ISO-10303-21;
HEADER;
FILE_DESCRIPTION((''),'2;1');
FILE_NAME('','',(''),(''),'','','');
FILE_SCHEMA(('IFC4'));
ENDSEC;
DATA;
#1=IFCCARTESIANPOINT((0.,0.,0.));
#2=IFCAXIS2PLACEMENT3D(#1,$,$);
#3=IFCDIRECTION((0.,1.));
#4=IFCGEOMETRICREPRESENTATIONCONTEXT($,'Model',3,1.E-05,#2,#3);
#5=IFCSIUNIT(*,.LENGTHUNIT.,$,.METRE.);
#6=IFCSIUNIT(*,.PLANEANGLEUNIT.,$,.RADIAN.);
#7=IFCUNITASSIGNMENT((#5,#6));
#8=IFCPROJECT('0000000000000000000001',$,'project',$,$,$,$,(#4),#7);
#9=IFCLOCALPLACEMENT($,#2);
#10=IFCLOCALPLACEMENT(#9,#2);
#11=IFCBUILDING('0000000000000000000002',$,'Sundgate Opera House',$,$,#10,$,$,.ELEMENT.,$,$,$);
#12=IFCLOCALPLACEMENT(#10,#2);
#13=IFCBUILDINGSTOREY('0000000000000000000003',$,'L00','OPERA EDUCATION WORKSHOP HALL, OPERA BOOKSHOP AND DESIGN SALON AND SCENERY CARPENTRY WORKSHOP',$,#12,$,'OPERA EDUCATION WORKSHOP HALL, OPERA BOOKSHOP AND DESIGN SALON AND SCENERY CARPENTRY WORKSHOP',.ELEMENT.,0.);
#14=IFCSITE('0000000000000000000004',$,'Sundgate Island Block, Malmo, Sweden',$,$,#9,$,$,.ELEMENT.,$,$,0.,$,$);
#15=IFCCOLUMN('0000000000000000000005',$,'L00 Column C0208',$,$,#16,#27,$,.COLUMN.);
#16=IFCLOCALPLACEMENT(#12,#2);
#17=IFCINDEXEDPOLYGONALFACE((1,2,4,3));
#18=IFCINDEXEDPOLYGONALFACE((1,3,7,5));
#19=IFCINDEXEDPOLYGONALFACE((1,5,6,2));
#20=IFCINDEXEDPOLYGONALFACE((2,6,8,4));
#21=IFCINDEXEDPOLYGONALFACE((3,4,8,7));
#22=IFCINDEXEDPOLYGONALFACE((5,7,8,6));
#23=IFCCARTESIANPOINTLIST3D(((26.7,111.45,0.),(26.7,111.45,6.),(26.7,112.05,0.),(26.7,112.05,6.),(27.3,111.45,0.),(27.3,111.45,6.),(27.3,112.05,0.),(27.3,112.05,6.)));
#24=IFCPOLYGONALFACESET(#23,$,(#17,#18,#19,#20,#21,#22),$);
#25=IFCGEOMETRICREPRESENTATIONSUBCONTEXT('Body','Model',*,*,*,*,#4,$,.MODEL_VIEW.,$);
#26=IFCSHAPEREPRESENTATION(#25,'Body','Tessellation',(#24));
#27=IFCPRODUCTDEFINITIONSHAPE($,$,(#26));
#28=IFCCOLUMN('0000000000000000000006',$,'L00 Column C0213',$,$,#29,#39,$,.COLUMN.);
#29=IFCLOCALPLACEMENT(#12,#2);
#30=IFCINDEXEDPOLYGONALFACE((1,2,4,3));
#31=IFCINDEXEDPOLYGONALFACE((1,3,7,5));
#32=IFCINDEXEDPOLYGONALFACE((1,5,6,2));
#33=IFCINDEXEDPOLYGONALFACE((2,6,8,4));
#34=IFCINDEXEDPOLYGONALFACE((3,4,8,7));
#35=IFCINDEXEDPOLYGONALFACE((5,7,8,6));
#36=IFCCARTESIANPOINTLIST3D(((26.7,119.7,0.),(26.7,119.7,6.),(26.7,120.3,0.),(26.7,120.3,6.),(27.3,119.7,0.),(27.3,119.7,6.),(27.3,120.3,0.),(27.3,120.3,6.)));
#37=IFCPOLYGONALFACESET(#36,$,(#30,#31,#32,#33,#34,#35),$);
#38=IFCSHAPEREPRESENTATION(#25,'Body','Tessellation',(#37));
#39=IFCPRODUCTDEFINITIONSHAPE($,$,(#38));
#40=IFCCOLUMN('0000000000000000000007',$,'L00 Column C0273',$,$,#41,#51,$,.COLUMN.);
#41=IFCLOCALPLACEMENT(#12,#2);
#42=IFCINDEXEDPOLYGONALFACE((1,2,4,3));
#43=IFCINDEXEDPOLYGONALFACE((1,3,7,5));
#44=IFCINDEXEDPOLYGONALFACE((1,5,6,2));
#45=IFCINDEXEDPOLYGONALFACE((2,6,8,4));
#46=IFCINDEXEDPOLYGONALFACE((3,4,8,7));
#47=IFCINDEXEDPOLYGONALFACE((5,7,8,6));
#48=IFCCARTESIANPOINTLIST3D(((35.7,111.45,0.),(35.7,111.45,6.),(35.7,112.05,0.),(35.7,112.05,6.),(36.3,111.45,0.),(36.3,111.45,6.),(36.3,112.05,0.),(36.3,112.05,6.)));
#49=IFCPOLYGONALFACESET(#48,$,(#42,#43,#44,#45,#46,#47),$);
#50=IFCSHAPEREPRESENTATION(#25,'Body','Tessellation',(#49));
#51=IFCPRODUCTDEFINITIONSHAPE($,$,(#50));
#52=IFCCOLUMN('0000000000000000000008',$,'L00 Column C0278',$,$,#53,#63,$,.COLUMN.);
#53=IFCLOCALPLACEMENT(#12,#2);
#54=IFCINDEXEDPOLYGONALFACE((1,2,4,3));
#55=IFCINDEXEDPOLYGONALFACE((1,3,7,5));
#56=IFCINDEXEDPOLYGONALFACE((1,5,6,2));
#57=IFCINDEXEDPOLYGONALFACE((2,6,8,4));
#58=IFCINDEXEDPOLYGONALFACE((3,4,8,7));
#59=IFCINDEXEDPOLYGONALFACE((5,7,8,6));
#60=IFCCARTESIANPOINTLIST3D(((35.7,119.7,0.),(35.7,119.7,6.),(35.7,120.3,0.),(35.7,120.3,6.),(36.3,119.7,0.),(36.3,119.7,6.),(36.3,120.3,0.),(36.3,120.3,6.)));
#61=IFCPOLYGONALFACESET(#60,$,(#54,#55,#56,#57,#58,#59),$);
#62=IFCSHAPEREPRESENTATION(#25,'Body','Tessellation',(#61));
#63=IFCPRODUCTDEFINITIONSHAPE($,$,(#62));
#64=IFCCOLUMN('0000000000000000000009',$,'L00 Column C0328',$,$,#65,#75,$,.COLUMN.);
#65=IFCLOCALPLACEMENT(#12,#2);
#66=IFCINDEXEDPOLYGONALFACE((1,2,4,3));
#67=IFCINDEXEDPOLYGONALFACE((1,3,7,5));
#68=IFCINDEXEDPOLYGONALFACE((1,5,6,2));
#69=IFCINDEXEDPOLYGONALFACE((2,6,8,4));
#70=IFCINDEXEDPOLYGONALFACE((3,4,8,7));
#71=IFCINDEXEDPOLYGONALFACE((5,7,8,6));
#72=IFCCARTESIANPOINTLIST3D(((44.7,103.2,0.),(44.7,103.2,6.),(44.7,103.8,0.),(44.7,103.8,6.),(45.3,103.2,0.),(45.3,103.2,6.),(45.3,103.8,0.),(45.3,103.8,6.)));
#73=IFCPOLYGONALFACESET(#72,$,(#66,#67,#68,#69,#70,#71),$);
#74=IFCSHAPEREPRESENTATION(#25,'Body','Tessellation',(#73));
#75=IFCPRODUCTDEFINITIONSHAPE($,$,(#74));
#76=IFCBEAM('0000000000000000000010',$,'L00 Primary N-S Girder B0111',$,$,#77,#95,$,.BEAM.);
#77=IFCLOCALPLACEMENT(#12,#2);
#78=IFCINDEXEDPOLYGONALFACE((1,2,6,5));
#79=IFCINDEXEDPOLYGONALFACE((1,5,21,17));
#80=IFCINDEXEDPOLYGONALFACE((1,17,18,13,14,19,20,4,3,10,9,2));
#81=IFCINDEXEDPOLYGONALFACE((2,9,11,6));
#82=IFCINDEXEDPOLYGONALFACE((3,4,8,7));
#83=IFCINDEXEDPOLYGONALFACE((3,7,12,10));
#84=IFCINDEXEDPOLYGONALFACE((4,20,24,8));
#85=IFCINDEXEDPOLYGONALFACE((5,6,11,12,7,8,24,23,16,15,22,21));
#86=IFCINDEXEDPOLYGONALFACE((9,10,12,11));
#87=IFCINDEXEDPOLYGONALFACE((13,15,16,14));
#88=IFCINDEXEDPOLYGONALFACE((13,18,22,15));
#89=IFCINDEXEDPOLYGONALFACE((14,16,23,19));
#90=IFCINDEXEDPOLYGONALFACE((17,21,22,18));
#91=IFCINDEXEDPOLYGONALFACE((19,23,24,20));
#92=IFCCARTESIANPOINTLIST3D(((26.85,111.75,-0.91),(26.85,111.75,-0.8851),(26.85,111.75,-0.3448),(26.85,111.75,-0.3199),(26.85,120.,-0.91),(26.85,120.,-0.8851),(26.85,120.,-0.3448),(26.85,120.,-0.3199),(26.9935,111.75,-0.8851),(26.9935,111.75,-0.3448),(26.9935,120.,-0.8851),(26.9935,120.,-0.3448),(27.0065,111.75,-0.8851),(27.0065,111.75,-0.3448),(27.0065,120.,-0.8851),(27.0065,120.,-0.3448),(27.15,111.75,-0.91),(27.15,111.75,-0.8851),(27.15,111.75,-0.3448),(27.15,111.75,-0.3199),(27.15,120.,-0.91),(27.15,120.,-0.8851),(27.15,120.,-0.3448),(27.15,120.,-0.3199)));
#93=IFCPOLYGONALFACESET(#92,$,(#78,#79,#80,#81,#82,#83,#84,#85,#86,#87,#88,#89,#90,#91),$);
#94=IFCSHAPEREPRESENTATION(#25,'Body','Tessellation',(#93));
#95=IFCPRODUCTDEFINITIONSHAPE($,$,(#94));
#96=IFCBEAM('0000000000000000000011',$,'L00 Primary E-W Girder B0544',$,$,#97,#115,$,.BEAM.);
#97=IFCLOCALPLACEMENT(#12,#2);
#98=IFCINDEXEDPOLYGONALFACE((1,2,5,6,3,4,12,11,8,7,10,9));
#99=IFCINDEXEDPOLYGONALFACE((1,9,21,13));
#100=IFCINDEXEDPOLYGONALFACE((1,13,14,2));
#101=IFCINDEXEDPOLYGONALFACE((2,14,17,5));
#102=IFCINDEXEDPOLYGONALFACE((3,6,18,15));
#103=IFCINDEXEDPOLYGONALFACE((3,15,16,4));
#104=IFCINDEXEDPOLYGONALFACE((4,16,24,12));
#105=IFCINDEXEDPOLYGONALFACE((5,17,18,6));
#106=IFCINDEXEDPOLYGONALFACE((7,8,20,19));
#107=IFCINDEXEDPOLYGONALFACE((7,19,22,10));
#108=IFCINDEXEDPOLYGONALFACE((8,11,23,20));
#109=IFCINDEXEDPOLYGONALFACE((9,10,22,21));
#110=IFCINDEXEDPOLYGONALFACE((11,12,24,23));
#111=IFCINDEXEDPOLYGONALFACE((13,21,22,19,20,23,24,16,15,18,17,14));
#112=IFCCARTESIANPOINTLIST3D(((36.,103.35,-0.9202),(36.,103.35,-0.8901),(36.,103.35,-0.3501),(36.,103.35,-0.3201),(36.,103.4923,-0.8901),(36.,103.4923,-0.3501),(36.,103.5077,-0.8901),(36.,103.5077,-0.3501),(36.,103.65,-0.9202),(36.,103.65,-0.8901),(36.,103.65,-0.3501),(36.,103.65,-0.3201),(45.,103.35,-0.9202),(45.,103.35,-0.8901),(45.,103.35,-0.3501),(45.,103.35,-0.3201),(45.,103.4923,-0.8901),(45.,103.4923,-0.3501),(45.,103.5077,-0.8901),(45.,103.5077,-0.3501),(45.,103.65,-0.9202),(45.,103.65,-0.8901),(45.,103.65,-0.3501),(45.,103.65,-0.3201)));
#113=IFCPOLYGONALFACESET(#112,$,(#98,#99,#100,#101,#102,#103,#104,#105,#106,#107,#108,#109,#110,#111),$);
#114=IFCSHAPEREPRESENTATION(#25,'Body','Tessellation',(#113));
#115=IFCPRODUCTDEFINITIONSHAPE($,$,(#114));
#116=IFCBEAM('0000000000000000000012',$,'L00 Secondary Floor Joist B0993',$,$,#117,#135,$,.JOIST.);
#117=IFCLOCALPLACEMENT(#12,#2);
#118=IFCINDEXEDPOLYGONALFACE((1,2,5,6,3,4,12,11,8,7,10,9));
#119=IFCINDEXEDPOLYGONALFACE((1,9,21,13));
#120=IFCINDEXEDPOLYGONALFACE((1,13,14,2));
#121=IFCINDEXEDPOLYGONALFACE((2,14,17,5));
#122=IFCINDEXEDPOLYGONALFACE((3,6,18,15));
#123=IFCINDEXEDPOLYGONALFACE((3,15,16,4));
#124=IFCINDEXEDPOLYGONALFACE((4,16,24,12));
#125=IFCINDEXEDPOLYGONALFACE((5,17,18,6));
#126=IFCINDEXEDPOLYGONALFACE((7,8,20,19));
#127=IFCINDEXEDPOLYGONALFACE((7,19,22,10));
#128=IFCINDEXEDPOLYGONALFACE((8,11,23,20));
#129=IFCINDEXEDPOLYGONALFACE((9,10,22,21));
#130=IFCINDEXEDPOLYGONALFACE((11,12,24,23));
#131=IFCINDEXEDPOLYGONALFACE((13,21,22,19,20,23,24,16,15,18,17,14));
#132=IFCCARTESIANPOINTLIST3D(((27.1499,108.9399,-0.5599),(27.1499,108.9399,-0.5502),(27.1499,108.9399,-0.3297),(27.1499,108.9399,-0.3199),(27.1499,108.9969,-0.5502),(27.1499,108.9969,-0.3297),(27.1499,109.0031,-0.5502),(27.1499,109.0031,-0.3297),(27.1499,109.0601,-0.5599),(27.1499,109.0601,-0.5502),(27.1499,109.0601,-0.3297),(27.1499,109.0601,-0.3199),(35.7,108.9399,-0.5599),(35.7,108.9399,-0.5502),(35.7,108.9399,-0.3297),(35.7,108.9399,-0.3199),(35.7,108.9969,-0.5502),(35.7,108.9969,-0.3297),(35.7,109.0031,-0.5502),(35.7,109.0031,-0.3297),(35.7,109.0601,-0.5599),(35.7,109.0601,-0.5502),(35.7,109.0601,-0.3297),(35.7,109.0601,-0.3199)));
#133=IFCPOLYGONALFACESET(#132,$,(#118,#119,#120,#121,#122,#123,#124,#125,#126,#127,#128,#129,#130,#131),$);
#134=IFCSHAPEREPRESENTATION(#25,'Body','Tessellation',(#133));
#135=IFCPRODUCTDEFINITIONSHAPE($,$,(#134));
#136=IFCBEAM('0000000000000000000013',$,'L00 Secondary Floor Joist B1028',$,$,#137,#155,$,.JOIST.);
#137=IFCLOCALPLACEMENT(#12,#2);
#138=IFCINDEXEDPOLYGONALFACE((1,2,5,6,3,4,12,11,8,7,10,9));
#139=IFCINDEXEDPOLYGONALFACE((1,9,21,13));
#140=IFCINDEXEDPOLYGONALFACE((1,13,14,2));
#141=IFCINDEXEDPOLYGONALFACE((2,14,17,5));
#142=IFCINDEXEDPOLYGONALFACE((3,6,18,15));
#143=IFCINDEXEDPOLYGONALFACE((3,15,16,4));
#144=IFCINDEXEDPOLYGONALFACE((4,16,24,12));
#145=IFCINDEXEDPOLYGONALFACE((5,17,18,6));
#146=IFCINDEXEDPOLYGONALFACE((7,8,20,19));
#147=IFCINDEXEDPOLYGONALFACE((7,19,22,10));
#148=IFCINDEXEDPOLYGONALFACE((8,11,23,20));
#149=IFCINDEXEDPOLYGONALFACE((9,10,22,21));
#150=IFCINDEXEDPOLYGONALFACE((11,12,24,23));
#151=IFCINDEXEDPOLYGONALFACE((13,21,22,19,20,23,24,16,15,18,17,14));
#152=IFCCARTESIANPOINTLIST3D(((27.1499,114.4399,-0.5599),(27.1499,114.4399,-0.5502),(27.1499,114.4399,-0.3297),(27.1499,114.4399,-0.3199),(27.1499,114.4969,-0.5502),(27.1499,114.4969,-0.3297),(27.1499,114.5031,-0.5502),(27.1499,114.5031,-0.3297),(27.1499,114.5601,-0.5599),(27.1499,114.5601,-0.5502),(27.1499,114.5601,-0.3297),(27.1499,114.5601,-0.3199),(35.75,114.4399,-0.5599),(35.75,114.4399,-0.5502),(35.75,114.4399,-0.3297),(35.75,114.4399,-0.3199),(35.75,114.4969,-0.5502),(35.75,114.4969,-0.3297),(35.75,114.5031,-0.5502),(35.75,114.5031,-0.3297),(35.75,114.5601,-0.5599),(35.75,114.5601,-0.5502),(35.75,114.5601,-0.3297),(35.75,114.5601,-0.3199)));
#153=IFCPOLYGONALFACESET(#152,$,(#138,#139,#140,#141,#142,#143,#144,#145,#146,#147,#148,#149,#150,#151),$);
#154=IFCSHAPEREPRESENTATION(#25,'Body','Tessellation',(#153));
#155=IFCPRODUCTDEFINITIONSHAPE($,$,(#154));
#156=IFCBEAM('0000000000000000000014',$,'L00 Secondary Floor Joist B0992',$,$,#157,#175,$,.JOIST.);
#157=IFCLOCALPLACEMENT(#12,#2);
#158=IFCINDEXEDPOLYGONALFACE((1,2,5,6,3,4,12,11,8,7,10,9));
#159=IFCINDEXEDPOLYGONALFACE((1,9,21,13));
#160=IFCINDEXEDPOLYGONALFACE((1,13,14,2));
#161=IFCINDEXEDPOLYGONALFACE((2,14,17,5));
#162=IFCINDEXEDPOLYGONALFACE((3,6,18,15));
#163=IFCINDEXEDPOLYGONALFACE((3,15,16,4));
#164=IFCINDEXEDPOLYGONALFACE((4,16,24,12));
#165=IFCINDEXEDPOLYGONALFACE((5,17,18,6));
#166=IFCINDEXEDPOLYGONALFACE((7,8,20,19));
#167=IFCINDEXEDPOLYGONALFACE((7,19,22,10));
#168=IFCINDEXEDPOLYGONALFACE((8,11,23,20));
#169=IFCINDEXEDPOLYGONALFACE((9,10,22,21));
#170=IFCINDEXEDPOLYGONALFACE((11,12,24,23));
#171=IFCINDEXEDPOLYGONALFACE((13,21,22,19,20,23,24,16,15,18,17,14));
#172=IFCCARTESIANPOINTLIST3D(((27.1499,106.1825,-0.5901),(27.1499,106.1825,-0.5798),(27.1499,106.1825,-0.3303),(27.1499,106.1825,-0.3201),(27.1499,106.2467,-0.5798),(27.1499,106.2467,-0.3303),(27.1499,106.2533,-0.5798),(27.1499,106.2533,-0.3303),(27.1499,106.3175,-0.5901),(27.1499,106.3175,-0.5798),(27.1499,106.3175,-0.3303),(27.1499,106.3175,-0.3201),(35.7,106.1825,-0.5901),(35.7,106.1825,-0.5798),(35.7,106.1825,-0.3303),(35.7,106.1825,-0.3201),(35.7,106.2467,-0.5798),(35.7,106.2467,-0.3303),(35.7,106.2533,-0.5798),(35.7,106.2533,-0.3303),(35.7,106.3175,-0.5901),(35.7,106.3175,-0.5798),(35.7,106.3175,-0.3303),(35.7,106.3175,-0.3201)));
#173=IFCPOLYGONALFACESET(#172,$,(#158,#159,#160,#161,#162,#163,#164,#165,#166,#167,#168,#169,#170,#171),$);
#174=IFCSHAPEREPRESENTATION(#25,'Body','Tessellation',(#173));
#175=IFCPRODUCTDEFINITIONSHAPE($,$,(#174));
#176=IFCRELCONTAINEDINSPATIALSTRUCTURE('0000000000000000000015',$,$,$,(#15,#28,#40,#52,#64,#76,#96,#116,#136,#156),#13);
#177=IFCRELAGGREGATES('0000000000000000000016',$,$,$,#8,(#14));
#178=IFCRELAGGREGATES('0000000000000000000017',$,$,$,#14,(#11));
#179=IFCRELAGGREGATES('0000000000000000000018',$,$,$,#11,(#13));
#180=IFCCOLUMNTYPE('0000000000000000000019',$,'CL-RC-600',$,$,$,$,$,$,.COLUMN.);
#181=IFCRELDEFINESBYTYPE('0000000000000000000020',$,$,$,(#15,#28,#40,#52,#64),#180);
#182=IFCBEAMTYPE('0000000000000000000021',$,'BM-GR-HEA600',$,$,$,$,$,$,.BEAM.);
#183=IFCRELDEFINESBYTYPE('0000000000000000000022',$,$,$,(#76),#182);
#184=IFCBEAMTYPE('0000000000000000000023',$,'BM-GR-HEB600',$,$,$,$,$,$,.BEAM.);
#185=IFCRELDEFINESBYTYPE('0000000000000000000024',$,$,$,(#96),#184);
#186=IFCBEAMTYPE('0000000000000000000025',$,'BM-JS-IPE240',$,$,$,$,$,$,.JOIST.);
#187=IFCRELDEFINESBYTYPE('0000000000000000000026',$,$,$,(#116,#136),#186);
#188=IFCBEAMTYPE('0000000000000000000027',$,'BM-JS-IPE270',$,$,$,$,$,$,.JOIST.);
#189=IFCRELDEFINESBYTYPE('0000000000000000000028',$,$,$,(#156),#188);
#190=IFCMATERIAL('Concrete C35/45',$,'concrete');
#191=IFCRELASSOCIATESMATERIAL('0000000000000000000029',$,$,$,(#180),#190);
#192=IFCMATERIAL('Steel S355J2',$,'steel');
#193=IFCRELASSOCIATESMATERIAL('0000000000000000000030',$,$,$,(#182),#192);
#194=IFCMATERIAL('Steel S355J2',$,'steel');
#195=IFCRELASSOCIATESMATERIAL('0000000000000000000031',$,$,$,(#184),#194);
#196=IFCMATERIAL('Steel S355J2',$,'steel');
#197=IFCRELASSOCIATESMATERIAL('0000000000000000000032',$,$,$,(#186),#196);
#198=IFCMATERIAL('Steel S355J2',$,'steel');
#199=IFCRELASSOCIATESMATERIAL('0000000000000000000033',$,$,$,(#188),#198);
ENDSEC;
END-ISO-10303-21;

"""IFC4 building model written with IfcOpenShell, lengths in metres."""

from ifc_helpers import new_model, si_unit, direction, frame, origin, origin_2d, place, context, subcontext, project, spatial, rectangle, i_section, extrude, material, material_profile, profile_set, type_object, element, save


model = new_model("IFC4")

# Units and contexts
model_context = context("Model", 3, precision=1e-05, world=origin(), true_north=direction((0.0, 1.0)))
body_context = subcontext(model_context, "Body", "Model", "MODEL_VIEW")
ifc_project = project(units=[si_unit("LENGTHUNIT", "METRE"), si_unit("PLANEANGLEUNIT", "RADIAN")], contexts=[model_context])

# Site, building, storey
site_placement = place(None, origin())
site = spatial("IfcSite", under=ifc_project, at=site_placement, Name="Sundgate Island Block, Malmo, Sweden", CompositionType="ELEMENT", RefElevation=0.0)
building_placement = place(site_placement, origin())
building = spatial("IfcBuilding", under=site, at=building_placement, Name="Sundgate Opera House", CompositionType="ELEMENT")
storey_placement = place(building_placement, origin())
storey = spatial("IfcBuildingStorey", under=building, at=storey_placement, Name="L00", Description="OPERA EDUCATION WORKSHOP HALL, OPERA BOOKSHOP AND DESIGN SALON AND SCENERY CARPENTRY WORKSHOP", LongName="OPERA EDUCATION WORKSHOP HALL, OPERA BOOKSHOP AND DESIGN SALON AND SCENERY CARPENTRY WORKSHOP", CompositionType="ELEMENT", Elevation=0.0)

# Columns
ifc_material_1 = material(Name="Concrete C35/45", Category="concrete")
ifc_material_profile_1 = material_profile(ifc_material_1, rectangle(XDim=0.6001, YDim=0.6001, at=origin_2d()), Name="RC 600x600")
ifc_profile_set_1 = profile_set([ifc_material_profile_1], Name="Concrete C35/45")
column_type = type_object("IfcColumnType", Name="CL-RC-600", PredefinedType="COLUMN", material=ifc_profile_set_1)
for number, where, z_axis, x_axis, name in (
    (1, (27.0, 111.75, 0.0), (0.0, 0.0, 1.0), (1.0, 0.0, 0.0), "L00 Column C0208"),
    (2, (27.0, 120.0, 0.0), (0.0, 0.0, 1.0), (1.0, 0.0, 0.0), "L00 Column C0213"),
    (3, (36.0, 111.75, 0.0), (0.0, 0.0, 1.0), (1.0, 0.0, 0.0), "L00 Column C0273"),
    (4, (36.0, 120.0, 0.0), (0.0, 0.0, 1.0), (1.0, 0.0, 0.0), "L00 Column C0278"),
    (5, (45.0, 103.5, 0.0), (0.0, 0.0, 1.0), (1.0, 0.0, 0.0), "L00 Column C0328"),
):
    element("IfcColumn", number, at=place(storey_placement, frame(where, z_axis=z_axis, x_axis=x_axis)), inside=storey, type_object=column_type, Name=name, PredefinedType="COLUMN", context=body_context, shape_type="SweptSolid", body=[
        extrude(rectangle(XDim=0.6001, YDim=0.6001, at=origin_2d()), origin(), (0.0, 0.0, 1.0), 6.0),
    ])

# Beams
ifc_material_2 = material(Name="Steel S355J2", Category="steel")
ifc_material_profile_2 = material_profile(ifc_material_2, i_section(OverallWidth=0.3, OverallDepth=0.5901, WebThickness=0.0129, FlangeThickness=0.0249, at=origin_2d()), Name="HEA 600")
ifc_profile_set_2 = profile_set([ifc_material_profile_2], Name="Steel S355J2")
beam_type_1 = type_object("IfcBeamType", Name="BM-GR-HEA600", PredefinedType="BEAM", material=ifc_profile_set_2)
beam_1_placement = place(storey_placement, frame((27.0, 111.75, -0.615), z_axis=(0.0, 1.0, 0.0), x_axis=(-1.0, 0.0, 0.0)))
element("IfcBeam", 6, at=beam_1_placement, inside=storey, type_object=beam_type_1, Name="L00 Primary N-S Girder B0111", PredefinedType="BEAM", context=body_context, shape_type="SweptSolid", body=[
    extrude(i_section(OverallWidth=0.3, OverallDepth=0.5901, WebThickness=0.0129, FlangeThickness=0.0249, at=origin_2d()), origin(), (0.0, 0.0, 1.0), 8.25),
])
ifc_material_3 = material(Name="Steel S355J2", Category="steel")
ifc_material_profile_3 = material_profile(ifc_material_3, i_section(OverallWidth=0.3, OverallDepth=0.6001, WebThickness=0.0154, FlangeThickness=0.03, at=origin_2d()), Name="HEB 600")
ifc_profile_set_3 = profile_set([ifc_material_profile_3], Name="Steel S355J2")
beam_type_2 = type_object("IfcBeamType", Name="BM-GR-HEB600", PredefinedType="BEAM", material=ifc_profile_set_3)
beam_2_placement = place(storey_placement, frame((36.0, 103.5, -0.6201), z_axis=(1.0, 0.0, 0.0), x_axis=(0.0, 1.0, 0.0)))
element("IfcBeam", 7, at=beam_2_placement, inside=storey, type_object=beam_type_2, Name="L00 Primary E-W Girder B0544", PredefinedType="BEAM", context=body_context, shape_type="SweptSolid", body=[
    extrude(i_section(OverallWidth=0.3, OverallDepth=0.6001, WebThickness=0.0154, FlangeThickness=0.03, at=origin_2d()), origin(), (0.0, 0.0, 1.0), 9.0),
])
ifc_material_4 = material(Name="Steel S355J2", Category="steel")
ifc_material_profile_4 = material_profile(ifc_material_4, i_section(OverallWidth=0.1201, OverallDepth=0.24, WebThickness=0.0061, FlangeThickness=0.0098, at=origin_2d()), Name="IPE 240")
ifc_profile_set_4 = profile_set([ifc_material_profile_4], Name="Steel S355J2")
beam_type_3 = type_object("IfcBeamType", Name="BM-JS-IPE240", PredefinedType="JOIST", material=ifc_profile_set_4)
beam_3_placement = place(storey_placement, frame((27.1499, 109.0, -0.4399), z_axis=(1.0, 0.0, 0.0), x_axis=(0.0, 1.0, 0.0)))
element("IfcBeam", 8, at=beam_3_placement, inside=storey, type_object=beam_type_3, Name="L00 Secondary Floor Joist B0993", PredefinedType="JOIST", context=body_context, shape_type="SweptSolid", body=[
    extrude(i_section(OverallWidth=0.1201, OverallDepth=0.24, WebThickness=0.0061, FlangeThickness=0.0098, at=origin_2d()), origin(), (0.0, 0.0, 1.0), 8.55),
])
beam_4_placement = place(storey_placement, frame((27.1499, 114.5, -0.4399), z_axis=(1.0, 0.0, 0.0), x_axis=(0.0, 1.0, 0.0)))
element("IfcBeam", 9, at=beam_4_placement, inside=storey, type_object=beam_type_3, Name="L00 Secondary Floor Joist B1028", PredefinedType="JOIST", context=body_context, shape_type="SweptSolid", body=[
    extrude(i_section(OverallWidth=0.1201, OverallDepth=0.24, WebThickness=0.0061, FlangeThickness=0.0098, at=origin_2d()), origin(), (0.0, 0.0, 1.0), 8.6001),
])
ifc_material_5 = material(Name="Steel S355J2", Category="steel")
ifc_material_profile_5 = material_profile(ifc_material_5, i_section(OverallWidth=0.135, OverallDepth=0.27, WebThickness=0.0066, FlangeThickness=0.0103, at=origin_2d()), Name="IPE 270")
ifc_profile_set_5 = profile_set([ifc_material_profile_5], Name="Steel S355J2")
beam_type_4 = type_object("IfcBeamType", Name="BM-JS-IPE270", PredefinedType="JOIST", material=ifc_profile_set_5)
beam_5_placement = place(storey_placement, frame((27.1499, 106.25, -0.4551), z_axis=(1.0, 0.0, 0.0), x_axis=(0.0, 1.0, 0.0)))
element("IfcBeam", 10, at=beam_5_placement, inside=storey, type_object=beam_type_4, Name="L00 Secondary Floor Joist B0992", PredefinedType="JOIST", context=body_context, shape_type="SweptSolid", body=[
    extrude(i_section(OverallWidth=0.135, OverallDepth=0.27, WebThickness=0.0066, FlangeThickness=0.0103, at=origin_2d()), origin(), (0.0, 0.0, 1.0), 8.55),
])

save(model, "model.ifc")
